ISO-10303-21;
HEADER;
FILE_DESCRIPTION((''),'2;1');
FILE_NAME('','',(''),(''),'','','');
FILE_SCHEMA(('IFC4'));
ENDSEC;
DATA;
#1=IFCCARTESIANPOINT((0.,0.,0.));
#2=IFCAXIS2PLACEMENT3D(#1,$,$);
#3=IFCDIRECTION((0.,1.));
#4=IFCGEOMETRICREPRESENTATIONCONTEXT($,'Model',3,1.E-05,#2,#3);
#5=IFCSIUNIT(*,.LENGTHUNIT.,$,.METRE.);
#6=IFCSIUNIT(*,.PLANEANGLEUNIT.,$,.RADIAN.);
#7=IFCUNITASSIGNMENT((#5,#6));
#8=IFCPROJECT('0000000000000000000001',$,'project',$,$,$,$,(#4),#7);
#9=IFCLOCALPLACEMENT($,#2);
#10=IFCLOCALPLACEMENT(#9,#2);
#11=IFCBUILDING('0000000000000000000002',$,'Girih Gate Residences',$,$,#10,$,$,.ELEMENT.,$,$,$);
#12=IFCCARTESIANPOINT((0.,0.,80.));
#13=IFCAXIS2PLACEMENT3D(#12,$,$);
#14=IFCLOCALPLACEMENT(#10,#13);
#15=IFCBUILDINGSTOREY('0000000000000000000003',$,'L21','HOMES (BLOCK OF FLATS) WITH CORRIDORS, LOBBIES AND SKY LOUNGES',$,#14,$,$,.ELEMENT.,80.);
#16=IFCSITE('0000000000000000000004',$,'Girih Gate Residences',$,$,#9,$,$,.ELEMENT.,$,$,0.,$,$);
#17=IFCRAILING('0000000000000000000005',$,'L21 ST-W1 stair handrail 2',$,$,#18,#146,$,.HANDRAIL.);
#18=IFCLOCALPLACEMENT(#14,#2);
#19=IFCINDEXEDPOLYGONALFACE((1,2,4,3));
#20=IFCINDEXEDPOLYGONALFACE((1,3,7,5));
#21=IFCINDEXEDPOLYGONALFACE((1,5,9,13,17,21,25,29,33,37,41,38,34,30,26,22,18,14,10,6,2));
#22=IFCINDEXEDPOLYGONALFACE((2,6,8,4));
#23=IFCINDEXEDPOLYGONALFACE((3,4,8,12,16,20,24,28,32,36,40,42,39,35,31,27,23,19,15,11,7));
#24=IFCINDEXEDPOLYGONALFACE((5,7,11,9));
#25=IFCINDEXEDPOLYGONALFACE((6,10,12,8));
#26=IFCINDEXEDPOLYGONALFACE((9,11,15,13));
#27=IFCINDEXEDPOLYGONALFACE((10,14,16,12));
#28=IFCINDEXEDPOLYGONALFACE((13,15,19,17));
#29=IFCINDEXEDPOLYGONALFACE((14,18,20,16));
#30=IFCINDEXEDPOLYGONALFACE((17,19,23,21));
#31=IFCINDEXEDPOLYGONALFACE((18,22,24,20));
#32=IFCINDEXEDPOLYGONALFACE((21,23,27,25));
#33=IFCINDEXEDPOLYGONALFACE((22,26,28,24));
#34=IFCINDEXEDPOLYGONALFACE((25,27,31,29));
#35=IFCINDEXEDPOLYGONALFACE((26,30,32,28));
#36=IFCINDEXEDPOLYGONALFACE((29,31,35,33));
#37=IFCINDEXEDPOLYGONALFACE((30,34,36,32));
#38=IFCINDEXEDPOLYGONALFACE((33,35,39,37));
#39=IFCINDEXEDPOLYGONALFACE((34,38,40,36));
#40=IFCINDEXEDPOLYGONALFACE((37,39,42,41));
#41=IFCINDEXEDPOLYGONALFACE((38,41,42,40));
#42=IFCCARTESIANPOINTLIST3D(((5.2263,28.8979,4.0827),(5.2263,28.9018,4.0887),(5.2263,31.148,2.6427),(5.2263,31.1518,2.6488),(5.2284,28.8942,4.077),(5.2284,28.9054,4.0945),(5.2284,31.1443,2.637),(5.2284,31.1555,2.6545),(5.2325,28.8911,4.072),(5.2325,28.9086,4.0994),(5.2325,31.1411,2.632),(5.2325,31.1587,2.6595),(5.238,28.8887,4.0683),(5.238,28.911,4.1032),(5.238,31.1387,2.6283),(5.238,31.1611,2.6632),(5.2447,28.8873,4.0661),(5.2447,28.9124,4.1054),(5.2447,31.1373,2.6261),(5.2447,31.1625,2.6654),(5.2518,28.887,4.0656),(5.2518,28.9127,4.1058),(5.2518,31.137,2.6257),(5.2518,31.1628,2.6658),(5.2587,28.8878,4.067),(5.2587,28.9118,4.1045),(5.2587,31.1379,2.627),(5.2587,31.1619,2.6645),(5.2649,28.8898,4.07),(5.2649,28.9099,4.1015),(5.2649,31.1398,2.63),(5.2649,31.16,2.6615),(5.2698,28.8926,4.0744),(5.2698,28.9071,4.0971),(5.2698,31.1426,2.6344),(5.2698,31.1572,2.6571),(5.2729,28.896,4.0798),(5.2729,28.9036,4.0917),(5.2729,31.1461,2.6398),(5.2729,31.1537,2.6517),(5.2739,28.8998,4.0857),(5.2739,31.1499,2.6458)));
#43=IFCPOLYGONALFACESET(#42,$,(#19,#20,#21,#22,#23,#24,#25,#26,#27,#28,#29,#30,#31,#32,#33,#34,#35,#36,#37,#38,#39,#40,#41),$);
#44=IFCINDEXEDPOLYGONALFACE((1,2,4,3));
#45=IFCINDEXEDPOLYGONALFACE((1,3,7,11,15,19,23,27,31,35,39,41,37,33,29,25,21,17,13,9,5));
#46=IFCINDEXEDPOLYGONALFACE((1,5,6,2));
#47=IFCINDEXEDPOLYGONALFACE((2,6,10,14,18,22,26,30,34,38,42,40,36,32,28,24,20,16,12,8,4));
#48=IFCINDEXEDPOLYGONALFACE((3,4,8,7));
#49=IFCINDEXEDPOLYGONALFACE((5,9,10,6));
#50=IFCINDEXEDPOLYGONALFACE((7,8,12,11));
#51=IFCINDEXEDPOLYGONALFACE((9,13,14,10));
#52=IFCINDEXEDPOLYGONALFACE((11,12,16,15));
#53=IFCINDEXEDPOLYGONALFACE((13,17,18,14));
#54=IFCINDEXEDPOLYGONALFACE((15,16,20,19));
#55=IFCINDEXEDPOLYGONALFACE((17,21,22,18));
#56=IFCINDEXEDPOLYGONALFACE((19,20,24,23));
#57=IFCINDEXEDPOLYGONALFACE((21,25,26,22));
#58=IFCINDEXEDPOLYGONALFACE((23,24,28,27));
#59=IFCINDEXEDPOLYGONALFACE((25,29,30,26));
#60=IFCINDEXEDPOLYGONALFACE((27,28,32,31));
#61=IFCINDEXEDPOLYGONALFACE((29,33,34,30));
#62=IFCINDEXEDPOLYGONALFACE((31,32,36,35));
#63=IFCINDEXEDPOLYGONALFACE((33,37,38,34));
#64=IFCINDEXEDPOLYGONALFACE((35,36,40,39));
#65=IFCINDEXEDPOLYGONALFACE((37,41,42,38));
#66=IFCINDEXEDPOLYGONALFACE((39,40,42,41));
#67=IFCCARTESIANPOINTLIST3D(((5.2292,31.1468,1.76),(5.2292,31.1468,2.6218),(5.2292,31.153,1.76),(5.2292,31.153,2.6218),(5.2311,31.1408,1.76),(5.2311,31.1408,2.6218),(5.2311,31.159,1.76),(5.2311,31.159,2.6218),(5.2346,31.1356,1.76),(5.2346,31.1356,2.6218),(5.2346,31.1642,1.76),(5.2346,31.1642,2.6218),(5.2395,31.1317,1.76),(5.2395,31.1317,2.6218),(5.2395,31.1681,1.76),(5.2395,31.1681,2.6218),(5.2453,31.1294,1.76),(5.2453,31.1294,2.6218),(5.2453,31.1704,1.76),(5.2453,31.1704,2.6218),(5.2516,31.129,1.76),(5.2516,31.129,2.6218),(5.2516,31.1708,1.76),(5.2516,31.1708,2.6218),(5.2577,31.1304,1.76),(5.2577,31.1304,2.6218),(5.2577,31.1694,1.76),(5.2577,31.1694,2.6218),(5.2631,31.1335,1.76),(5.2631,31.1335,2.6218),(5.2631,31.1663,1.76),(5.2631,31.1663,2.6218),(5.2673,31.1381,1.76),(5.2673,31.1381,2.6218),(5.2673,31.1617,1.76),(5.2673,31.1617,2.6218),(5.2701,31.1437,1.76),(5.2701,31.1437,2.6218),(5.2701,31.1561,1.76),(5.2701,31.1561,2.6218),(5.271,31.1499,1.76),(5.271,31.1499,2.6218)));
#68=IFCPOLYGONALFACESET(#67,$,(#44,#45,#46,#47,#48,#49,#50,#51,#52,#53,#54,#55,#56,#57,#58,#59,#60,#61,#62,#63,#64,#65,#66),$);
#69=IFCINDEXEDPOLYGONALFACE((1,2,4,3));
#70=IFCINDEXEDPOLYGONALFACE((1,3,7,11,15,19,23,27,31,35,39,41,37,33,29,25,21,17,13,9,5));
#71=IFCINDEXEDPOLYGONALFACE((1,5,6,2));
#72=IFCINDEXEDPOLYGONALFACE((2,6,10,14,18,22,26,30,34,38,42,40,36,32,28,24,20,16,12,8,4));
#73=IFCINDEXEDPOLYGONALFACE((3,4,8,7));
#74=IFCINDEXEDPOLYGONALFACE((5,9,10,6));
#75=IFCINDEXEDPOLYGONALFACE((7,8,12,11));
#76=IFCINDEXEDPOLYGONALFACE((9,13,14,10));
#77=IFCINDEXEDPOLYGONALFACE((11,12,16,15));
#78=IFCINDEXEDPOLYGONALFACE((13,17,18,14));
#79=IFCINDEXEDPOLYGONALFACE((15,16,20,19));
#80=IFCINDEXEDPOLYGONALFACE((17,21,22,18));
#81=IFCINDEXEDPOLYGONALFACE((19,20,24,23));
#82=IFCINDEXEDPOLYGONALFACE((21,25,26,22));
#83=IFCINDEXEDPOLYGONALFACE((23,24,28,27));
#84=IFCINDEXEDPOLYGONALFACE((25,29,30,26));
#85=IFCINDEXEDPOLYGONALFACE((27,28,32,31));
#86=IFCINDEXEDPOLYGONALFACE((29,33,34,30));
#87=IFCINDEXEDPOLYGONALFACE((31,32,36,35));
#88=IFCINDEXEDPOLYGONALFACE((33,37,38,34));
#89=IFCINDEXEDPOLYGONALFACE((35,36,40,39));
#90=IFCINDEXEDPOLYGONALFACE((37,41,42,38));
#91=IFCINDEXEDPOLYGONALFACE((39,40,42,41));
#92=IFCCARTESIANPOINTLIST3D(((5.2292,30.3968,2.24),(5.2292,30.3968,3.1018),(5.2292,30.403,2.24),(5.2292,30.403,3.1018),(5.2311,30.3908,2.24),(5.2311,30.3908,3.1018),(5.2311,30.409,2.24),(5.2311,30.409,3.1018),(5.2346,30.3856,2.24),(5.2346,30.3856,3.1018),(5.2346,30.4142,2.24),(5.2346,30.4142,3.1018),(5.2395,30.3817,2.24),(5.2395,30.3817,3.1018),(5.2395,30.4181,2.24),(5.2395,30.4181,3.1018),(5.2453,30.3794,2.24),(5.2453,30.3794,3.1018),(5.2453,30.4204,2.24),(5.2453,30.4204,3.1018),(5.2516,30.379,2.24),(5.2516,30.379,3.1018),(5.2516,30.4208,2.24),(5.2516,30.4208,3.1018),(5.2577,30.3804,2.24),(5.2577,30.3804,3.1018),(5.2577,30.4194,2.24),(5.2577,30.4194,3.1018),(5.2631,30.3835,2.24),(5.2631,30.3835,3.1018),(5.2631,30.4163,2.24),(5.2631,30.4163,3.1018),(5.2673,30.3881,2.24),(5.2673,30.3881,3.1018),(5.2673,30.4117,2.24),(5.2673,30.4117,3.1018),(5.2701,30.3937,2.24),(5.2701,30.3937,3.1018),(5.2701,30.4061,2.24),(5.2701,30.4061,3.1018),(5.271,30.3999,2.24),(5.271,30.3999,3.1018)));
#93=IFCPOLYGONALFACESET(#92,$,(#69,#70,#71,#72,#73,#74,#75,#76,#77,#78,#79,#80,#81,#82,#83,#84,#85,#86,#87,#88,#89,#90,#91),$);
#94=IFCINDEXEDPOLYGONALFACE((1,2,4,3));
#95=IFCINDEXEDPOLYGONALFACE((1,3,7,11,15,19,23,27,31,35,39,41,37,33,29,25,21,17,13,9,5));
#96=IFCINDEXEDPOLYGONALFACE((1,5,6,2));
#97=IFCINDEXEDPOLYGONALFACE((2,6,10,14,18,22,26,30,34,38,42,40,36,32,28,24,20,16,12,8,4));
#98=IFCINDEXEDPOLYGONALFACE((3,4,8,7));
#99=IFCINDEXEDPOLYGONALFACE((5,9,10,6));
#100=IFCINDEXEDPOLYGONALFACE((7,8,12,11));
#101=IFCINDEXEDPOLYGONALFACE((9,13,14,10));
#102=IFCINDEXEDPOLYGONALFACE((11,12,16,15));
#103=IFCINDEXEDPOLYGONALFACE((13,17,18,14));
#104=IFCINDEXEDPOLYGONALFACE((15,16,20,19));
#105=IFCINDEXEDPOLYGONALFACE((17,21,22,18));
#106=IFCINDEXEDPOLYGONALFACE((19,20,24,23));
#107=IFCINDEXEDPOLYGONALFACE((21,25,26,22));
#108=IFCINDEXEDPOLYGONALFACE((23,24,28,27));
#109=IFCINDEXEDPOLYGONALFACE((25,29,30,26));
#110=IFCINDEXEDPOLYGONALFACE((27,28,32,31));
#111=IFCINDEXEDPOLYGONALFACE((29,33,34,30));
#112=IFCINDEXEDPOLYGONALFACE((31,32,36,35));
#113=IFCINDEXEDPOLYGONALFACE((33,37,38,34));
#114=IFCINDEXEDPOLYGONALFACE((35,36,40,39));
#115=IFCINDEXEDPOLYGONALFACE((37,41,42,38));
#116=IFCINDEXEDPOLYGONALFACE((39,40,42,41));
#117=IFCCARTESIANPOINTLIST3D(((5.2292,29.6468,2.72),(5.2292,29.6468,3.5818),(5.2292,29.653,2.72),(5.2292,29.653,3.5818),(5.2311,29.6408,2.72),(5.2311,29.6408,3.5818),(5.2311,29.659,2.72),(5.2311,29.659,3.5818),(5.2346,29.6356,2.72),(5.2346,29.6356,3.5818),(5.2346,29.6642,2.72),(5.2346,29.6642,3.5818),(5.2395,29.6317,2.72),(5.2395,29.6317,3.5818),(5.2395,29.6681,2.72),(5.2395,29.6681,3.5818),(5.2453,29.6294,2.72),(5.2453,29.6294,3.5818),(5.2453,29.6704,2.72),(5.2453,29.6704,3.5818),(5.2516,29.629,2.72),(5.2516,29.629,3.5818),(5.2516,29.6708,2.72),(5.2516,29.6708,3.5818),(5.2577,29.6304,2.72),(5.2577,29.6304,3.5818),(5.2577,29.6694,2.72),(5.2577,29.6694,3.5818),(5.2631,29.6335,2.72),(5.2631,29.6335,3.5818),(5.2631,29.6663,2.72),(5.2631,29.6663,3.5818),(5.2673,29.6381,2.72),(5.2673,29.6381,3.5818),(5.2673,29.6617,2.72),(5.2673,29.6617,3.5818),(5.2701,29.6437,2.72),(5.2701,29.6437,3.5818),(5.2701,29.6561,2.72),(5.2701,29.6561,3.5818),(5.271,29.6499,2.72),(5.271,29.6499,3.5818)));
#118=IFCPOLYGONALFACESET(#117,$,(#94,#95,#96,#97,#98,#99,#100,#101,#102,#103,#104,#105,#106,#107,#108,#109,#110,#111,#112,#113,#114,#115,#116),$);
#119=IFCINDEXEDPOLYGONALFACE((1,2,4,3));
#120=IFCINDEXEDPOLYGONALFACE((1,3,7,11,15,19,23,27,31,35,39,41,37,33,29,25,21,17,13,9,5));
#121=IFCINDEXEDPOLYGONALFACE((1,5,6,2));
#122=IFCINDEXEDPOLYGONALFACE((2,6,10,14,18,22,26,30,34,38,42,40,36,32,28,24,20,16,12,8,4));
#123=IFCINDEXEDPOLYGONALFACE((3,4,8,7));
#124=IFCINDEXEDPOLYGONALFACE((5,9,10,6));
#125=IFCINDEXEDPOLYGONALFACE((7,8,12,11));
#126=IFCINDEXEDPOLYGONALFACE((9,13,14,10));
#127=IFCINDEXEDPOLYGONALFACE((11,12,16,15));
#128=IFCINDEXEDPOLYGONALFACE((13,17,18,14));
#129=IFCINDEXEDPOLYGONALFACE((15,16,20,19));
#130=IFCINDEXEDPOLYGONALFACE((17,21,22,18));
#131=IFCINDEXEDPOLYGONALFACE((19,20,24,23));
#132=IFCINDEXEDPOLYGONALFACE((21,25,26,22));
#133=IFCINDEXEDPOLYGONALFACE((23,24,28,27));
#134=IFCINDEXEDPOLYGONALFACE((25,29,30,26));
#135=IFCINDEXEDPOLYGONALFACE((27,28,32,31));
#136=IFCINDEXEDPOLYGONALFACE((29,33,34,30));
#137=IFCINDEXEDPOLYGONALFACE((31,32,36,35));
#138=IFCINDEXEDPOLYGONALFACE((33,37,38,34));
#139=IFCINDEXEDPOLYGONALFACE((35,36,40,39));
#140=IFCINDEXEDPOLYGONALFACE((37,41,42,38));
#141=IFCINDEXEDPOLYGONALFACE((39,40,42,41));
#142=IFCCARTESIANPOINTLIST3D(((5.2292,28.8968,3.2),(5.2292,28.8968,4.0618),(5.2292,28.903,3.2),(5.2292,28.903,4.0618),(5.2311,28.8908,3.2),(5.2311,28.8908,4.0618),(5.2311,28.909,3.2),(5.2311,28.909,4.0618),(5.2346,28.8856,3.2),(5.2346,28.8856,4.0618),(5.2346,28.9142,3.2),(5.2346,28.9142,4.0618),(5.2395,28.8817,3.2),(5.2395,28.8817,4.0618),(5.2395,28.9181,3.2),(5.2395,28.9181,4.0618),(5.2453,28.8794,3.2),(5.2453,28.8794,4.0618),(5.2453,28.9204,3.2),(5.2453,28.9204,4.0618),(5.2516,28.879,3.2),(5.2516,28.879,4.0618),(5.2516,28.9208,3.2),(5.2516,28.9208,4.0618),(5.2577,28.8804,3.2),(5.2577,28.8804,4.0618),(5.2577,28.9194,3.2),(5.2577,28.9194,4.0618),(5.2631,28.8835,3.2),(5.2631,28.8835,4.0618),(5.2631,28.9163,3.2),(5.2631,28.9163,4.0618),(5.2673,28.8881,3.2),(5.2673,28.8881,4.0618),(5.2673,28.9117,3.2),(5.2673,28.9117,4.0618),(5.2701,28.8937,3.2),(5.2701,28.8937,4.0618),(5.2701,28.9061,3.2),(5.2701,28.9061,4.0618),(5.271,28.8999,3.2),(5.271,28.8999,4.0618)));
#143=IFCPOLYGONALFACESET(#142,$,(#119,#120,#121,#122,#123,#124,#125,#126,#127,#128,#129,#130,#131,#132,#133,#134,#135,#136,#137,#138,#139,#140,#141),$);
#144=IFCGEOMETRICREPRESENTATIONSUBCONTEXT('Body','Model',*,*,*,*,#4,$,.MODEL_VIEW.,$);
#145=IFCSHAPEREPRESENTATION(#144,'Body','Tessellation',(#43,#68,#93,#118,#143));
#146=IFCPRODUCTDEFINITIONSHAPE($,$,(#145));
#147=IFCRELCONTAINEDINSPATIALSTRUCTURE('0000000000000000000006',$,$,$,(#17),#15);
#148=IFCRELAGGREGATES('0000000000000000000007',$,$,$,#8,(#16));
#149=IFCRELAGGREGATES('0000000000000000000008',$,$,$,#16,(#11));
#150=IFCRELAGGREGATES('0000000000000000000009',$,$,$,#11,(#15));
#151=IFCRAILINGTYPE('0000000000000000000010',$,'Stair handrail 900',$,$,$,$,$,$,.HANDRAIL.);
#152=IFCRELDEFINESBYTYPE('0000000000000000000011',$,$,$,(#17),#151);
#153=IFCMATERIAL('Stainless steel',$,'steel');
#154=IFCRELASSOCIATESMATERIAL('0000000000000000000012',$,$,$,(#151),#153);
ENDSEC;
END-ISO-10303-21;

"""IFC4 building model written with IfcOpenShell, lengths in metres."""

from ifc_helpers import new_model, si_unit, direction, frame, origin, origin_2d, place, context, subcontext, project, spatial, circle, extrude, material, type_object, element, save


model = new_model("IFC4")

# Units and contexts
model_context = context("Model", 3, precision=1e-05, world=origin(), true_north=direction((0.0, 1.0)))
body_context = subcontext(model_context, "Body", "Model", "MODEL_VIEW")
ifc_project = project(units=[si_unit("LENGTHUNIT", "METRE"), si_unit("PLANEANGLEUNIT", "RADIAN")], contexts=[model_context])

# Site, building, storey
site_placement = place(None, origin())
site = spatial("IfcSite", under=ifc_project, at=site_placement, Name="Girih Gate Residences", CompositionType="ELEMENT", RefElevation=0.0)
building_placement = place(site_placement, origin())
building = spatial("IfcBuilding", under=site, at=building_placement, Name="Girih Gate Residences", CompositionType="ELEMENT")
storey_placement = place(building_placement, frame((0.0, 0.0, 80.0)))
storey = spatial("IfcBuildingStorey", under=building, at=storey_placement, Name="L21", Description="HOMES (BLOCK OF FLATS) WITH CORRIDORS, LOBBIES AND SKY LOUNGES", CompositionType="ELEMENT", Elevation=80.0)

# Railing
ifc_material_1 = material(Name="Stainless steel", Category="steel")
railing_type_1 = type_object("IfcRailingType", Name="Stair handrail 900", PredefinedType="HANDRAIL", material=ifc_material_1)
railing_1_placement = place(storey_placement, frame((5.25, 31.1499, 1.76)))
element("IfcRailing", 1, at=railing_1_placement, inside=storey, type_object=railing_type_1, Name="L21 ST-W1 stair handrail 2", PredefinedType="HANDRAIL", context=body_context, shape_type="SweptSolid", body=[
    extrude(circle(Radius=0.0239, at=origin_2d()), frame((0.0, 0.0, 0.8857), z_axis=(0.0, -0.842281, 0.539038), x_axis=(1.0, 0.0, 0.0)), (0.0, 0.0, 1.0), 2.6714),
    extrude(circle(Radius=0.021, at=origin_2d()), origin(), (0.0, 0.0, 1.0), 0.8618),
    extrude(circle(Radius=0.021, at=origin_2d()), frame((0.0, -0.75, 0.48)), (0.0, 0.0, 1.0), 0.8618),
    extrude(circle(Radius=0.021, at=origin_2d()), frame((0.0, -1.5, 0.96)), (0.0, 0.0, 1.0), 0.8618),
    extrude(circle(Radius=0.021, at=origin_2d()), frame((0.0, -2.25, 1.4399)), (0.0, 0.0, 1.0), 0.8618),
])

save(model, "model.ifc")
